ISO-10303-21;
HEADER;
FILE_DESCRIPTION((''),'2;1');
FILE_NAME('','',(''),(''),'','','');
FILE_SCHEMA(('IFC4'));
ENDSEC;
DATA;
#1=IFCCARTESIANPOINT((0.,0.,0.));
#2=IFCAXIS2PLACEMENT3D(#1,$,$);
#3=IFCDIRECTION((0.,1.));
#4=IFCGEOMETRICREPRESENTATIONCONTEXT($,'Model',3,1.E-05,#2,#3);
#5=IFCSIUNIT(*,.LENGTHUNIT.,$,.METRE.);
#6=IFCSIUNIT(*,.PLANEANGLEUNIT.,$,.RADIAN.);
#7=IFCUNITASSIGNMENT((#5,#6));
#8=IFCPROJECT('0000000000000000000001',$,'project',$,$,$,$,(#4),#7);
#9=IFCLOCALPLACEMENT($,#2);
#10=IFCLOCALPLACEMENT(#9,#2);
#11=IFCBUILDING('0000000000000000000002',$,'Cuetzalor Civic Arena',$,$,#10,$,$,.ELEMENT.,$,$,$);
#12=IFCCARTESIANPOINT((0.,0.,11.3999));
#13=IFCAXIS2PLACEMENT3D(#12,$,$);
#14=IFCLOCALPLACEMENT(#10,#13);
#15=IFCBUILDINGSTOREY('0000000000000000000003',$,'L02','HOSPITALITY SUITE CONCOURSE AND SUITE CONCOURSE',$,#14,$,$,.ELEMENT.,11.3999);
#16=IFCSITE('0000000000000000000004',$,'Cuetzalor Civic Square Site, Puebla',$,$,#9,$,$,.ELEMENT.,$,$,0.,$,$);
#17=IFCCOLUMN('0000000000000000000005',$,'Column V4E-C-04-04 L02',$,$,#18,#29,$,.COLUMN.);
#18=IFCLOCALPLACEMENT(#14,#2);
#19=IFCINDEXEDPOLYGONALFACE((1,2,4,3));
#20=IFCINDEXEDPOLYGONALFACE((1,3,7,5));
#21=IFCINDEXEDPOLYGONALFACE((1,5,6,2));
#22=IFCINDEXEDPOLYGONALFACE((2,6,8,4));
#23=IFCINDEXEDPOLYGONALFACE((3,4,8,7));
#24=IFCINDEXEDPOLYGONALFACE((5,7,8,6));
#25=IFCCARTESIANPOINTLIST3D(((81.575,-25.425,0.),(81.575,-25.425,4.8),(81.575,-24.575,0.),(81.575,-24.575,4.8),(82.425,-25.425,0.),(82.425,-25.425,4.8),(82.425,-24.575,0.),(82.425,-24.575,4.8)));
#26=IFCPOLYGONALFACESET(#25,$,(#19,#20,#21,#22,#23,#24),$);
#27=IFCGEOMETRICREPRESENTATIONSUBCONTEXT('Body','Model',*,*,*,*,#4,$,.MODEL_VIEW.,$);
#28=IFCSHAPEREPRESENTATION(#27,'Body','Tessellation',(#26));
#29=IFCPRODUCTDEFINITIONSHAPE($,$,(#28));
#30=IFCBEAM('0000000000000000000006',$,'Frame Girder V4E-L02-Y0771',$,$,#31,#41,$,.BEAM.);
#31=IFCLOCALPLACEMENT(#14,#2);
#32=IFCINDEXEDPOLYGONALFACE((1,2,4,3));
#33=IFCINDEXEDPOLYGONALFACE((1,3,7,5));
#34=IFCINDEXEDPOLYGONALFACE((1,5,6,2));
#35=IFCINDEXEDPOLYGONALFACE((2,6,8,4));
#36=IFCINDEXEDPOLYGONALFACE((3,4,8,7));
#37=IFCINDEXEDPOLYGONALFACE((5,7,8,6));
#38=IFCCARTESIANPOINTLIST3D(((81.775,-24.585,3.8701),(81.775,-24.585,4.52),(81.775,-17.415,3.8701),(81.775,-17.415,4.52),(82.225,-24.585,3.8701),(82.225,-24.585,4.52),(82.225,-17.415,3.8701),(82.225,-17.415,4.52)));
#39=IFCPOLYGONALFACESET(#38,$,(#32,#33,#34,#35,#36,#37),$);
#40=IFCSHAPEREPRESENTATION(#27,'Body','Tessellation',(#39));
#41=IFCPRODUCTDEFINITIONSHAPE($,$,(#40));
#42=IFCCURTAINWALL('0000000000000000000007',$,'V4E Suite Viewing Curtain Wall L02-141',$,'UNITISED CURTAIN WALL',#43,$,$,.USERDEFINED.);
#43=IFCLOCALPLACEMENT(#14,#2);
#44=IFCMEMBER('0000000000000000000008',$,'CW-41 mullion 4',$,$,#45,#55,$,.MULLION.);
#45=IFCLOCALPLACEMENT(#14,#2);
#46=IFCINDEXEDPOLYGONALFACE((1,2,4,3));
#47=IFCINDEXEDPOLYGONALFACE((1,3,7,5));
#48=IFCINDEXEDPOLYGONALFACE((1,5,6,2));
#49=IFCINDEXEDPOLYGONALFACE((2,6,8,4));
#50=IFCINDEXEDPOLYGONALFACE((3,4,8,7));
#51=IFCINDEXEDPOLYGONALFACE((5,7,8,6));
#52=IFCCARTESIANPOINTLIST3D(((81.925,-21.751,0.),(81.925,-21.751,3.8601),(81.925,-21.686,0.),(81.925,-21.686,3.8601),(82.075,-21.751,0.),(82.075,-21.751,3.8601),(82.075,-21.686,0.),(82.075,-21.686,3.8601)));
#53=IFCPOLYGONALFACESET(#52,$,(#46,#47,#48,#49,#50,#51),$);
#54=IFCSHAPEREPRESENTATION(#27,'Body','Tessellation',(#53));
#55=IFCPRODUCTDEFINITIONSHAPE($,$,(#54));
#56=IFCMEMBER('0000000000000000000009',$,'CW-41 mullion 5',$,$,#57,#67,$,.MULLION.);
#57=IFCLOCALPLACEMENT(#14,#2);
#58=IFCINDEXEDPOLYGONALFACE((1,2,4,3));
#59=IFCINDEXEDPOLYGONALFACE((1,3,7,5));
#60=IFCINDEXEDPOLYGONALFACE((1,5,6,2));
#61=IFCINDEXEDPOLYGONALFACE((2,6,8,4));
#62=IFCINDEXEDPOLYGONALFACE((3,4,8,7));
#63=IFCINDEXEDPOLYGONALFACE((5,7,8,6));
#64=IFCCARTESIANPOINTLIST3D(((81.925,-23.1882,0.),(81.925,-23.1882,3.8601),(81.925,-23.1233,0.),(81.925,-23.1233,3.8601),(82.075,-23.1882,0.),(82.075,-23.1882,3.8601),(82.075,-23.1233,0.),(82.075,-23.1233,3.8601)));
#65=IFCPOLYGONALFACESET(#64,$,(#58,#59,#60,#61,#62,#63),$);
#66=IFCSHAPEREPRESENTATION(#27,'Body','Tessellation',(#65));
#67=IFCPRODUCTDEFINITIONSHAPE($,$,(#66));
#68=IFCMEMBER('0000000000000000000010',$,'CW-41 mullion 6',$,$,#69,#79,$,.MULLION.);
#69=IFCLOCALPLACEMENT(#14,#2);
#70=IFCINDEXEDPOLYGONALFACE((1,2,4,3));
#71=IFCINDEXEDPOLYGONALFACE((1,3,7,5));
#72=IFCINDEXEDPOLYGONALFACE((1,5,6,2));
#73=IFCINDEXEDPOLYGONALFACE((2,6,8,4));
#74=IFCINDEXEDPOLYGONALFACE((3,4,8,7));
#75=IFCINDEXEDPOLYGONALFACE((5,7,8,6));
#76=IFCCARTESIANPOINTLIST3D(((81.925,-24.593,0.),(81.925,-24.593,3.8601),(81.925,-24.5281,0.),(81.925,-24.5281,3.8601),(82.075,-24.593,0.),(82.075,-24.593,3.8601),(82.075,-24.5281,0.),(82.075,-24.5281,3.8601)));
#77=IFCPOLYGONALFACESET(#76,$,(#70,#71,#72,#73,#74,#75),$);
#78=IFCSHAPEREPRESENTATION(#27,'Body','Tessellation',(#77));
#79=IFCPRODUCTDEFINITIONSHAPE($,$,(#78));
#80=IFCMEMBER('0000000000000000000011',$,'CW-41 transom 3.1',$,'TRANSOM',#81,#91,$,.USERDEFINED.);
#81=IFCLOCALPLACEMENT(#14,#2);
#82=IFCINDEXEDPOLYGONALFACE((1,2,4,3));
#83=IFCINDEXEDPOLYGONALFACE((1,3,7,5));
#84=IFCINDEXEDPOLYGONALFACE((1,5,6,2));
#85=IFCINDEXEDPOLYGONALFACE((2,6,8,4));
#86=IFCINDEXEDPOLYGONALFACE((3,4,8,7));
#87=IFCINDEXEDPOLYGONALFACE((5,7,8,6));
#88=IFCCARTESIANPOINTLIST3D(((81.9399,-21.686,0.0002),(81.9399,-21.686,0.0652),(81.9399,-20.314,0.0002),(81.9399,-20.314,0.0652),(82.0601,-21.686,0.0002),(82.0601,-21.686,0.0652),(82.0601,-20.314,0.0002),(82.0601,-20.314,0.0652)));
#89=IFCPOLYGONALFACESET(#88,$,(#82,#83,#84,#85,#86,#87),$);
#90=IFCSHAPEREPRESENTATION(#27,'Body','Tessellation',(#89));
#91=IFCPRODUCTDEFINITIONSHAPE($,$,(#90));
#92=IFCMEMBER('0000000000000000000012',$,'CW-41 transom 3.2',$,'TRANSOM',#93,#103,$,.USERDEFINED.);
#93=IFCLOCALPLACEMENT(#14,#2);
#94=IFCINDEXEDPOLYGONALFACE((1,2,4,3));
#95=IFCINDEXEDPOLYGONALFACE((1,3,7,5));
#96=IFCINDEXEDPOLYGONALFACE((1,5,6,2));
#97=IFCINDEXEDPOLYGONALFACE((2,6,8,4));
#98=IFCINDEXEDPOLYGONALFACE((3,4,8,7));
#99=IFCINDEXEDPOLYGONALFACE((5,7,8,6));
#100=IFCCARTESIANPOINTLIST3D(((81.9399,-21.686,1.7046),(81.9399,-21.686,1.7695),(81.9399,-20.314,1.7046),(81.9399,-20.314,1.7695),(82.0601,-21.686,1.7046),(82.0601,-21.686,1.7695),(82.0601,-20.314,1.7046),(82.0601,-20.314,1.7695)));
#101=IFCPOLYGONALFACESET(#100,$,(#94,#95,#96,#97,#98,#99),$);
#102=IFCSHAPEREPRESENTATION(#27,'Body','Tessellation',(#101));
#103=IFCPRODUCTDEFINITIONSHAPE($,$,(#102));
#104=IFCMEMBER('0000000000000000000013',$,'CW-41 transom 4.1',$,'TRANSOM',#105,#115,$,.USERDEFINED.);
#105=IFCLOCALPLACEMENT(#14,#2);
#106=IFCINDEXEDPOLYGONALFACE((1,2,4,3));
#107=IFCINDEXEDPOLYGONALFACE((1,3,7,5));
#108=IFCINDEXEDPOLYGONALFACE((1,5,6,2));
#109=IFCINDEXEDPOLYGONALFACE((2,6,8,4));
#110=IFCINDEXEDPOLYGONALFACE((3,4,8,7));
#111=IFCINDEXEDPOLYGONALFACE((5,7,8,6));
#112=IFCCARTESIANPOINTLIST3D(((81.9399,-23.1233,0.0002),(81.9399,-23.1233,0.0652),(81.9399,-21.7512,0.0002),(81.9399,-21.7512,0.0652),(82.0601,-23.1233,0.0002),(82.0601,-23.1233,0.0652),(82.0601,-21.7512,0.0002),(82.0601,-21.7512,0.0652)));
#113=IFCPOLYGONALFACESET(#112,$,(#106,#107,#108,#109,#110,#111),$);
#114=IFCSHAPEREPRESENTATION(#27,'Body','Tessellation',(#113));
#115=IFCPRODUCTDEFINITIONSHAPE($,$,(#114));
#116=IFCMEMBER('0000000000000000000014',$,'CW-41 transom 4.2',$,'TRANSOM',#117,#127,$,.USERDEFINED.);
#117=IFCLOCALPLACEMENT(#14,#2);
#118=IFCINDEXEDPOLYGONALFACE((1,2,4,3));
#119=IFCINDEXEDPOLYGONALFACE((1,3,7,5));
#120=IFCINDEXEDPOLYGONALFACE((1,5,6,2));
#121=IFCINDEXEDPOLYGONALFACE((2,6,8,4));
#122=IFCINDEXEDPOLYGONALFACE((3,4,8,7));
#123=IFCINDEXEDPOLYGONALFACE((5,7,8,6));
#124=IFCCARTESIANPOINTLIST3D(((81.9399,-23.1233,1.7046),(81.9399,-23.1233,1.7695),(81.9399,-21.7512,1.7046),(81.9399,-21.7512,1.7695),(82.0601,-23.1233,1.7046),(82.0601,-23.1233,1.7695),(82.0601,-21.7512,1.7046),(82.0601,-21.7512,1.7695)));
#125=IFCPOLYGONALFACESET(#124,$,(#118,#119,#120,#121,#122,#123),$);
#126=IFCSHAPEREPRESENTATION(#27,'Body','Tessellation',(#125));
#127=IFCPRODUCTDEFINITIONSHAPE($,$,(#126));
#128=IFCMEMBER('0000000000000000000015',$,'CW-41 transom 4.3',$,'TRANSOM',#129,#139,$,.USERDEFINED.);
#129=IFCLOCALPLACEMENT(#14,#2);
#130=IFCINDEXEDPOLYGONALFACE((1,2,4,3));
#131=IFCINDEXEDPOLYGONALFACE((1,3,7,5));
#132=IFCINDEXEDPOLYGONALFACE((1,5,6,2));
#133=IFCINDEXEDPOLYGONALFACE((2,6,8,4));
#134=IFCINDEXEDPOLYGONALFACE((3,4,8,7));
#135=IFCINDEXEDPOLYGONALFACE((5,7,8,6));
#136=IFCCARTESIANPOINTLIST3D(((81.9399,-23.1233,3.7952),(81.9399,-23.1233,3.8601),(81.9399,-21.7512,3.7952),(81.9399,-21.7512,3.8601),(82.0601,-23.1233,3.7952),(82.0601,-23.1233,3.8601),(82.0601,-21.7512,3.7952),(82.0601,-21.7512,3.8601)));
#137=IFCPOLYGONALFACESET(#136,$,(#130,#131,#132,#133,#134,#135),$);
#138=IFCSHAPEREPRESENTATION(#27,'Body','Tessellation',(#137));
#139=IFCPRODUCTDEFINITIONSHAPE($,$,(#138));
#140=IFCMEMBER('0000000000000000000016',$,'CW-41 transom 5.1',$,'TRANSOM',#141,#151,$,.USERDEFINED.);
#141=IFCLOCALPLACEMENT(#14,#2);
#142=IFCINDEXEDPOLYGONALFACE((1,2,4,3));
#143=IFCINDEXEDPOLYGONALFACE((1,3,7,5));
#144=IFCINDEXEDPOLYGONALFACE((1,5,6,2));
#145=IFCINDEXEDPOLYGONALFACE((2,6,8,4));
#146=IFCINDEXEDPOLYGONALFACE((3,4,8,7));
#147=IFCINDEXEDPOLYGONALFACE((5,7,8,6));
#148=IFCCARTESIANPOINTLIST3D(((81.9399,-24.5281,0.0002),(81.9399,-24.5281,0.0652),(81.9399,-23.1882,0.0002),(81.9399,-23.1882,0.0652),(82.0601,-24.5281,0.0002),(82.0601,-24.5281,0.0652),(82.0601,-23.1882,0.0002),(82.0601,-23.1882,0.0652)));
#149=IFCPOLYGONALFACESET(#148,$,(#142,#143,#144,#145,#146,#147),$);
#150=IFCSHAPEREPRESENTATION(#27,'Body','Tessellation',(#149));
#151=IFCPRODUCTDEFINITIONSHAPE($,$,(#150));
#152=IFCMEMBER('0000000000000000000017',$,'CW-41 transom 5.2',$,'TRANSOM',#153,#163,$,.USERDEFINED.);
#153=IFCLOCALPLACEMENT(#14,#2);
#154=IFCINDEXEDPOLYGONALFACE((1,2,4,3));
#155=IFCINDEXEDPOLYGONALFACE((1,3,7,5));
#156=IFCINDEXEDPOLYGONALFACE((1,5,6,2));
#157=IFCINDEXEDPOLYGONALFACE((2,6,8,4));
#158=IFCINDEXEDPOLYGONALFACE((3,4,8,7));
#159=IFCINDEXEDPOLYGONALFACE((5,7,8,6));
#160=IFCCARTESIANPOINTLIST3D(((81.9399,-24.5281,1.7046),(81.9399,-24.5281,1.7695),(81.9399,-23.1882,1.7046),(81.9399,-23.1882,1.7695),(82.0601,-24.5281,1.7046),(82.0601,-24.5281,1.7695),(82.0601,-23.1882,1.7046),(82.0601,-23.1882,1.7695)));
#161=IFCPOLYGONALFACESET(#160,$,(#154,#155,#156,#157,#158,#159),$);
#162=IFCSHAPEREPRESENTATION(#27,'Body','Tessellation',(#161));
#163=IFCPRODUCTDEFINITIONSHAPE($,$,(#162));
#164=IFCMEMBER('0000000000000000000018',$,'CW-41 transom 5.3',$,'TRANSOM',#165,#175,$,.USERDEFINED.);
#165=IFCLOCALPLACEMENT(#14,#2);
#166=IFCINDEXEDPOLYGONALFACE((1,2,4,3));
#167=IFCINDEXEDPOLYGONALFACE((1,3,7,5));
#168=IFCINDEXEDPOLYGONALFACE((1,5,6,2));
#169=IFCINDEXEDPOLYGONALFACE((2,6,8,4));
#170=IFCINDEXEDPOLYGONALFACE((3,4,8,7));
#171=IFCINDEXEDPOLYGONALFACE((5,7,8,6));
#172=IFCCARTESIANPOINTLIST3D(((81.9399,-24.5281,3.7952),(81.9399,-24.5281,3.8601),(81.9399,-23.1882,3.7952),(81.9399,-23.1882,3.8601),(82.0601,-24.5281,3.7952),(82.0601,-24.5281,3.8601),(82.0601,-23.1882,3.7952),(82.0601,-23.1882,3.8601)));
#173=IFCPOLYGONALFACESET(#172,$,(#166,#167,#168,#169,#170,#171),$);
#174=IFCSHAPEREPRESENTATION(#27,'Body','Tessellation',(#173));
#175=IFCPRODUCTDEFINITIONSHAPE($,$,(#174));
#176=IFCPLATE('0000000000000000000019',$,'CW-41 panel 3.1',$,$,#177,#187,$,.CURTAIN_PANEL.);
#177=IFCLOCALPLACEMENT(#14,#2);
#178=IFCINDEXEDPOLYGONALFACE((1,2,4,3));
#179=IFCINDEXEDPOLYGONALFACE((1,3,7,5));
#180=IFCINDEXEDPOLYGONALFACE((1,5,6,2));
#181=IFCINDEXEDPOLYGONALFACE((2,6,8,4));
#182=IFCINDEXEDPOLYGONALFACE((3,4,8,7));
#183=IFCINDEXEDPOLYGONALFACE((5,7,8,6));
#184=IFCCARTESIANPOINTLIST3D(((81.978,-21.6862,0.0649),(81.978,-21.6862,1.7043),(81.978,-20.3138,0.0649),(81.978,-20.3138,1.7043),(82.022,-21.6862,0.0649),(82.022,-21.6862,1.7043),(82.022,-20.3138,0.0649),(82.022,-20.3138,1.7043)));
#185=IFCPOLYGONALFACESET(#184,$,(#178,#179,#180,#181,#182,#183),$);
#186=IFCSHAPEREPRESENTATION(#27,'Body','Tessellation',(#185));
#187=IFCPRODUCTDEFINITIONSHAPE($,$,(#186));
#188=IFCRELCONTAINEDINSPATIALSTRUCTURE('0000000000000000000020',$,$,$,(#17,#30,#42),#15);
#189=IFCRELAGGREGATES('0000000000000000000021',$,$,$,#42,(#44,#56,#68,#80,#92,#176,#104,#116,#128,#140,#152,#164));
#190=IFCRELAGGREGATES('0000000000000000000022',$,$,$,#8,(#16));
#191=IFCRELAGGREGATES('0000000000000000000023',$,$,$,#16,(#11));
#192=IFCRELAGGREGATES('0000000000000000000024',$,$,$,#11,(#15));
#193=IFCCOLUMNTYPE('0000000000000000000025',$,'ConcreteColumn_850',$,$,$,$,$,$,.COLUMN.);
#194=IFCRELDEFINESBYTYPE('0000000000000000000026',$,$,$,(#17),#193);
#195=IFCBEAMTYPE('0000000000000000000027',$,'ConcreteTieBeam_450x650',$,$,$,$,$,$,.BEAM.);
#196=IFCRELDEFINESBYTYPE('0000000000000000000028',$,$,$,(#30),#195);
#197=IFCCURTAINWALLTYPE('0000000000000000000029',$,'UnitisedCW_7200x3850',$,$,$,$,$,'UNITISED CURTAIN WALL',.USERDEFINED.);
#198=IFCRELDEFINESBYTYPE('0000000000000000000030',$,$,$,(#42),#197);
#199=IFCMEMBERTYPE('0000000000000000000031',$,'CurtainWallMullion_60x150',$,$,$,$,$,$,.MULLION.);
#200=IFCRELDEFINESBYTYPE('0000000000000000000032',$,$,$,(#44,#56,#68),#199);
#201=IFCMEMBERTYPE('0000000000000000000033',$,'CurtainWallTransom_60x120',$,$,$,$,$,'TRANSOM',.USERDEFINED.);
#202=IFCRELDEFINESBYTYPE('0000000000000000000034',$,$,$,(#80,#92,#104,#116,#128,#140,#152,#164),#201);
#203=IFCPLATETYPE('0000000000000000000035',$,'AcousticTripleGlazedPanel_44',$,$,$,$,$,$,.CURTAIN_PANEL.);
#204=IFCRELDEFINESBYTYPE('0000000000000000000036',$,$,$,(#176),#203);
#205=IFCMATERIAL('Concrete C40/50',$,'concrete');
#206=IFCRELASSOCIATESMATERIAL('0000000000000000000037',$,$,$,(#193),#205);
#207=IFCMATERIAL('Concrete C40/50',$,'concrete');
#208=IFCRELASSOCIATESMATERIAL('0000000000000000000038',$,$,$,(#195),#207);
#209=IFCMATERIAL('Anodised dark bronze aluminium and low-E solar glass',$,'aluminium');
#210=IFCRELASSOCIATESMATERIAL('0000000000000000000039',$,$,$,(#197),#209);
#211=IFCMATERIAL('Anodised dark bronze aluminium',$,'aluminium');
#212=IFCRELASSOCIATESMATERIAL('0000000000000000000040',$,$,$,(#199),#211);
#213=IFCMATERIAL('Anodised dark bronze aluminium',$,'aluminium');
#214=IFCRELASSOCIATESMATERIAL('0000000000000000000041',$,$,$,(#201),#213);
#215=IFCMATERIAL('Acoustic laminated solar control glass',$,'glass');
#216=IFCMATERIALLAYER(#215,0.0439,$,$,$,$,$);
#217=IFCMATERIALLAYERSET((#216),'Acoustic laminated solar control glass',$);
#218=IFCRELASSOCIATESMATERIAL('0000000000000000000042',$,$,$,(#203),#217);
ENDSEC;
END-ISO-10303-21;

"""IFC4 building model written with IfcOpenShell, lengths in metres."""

from ifc_helpers import new_model, si_unit, direction, frame, origin, origin_2d, place, context, subcontext, project, spatial, rectangle, extrude, material, layer, layer_set, material_profile, profile_set, type_object, element, aggregate, save


model = new_model("IFC4")

# Units and contexts
model_context = context("Model", 3, precision=1e-05, world=origin(), true_north=direction((0.0, 1.0)))
body_context = subcontext(model_context, "Body", "Model", "MODEL_VIEW")
ifc_project = project(units=[si_unit("LENGTHUNIT", "METRE"), si_unit("PLANEANGLEUNIT", "RADIAN")], contexts=[model_context])

# Site, building, storey
site_placement = place(None, origin())
site = spatial("IfcSite", under=ifc_project, at=site_placement, Name="Cuetzalor Civic Square Site, Puebla", CompositionType="ELEMENT", RefElevation=0.0)
building_placement = place(site_placement, origin())
building = spatial("IfcBuilding", under=site, at=building_placement, Name="Cuetzalor Civic Arena", CompositionType="ELEMENT")
storey_placement = place(building_placement, frame((0.0, 0.0, 11.3999)))
storey = spatial("IfcBuildingStorey", under=building, at=storey_placement, Name="L02", Description="HOSPITALITY SUITE CONCOURSE AND SUITE CONCOURSE", CompositionType="ELEMENT", Elevation=11.3999)

# Column
ifc_material_1 = material(Name="Concrete C40/50", Category="concrete")
ifc_material_profile_1 = material_profile(ifc_material_1, rectangle(XDim=0.8501, YDim=0.8501, at=origin_2d()), Name="RC 850x850")
ifc_profile_set_1 = profile_set([ifc_material_profile_1], Name="Concrete C40/50")
column_type = type_object("IfcColumnType", Name="ConcreteColumn_850", PredefinedType="COLUMN", material=ifc_profile_set_1)
column_placement = place(storey_placement, frame((82.0, -25.0, 0.0), z_axis=(0.0, 0.0, 1.0), x_axis=(1.0, 0.0, 0.0)))
element("IfcColumn", 1, at=column_placement, inside=storey, type_object=column_type, Name="Column V4E-C-04-04 L02", PredefinedType="COLUMN", context=body_context, shape_type="SweptSolid", body=[
    extrude(rectangle(XDim=0.8501, YDim=0.8501, at=origin_2d()), origin(), (0.0, 0.0, 1.0), 4.8),
])

# Beam
ifc_material_2 = material(Name="Concrete C40/50", Category="concrete")
ifc_material_profile_2 = material_profile(ifc_material_2, rectangle(XDim=0.45, YDim=0.6499, at=origin_2d()), Name="RC 450x650")
ifc_profile_set_2 = profile_set([ifc_material_profile_2], Name="Concrete C40/50")
beam_type = type_object("IfcBeamType", Name="ConcreteTieBeam_450x650", PredefinedType="BEAM", material=ifc_profile_set_2)
beam_placement = place(storey_placement, frame((82.0, -24.585, 4.1951), z_axis=(0.0, 1.0, 0.0), x_axis=(-1.0, 0.0, 0.0)))
element("IfcBeam", 2, at=beam_placement, inside=storey, type_object=beam_type, Name="Frame Girder V4E-L02-Y0771", PredefinedType="BEAM", context=body_context, shape_type="SweptSolid", body=[
    extrude(rectangle(XDim=0.45, YDim=0.6499, at=origin_2d()), origin(), (0.0, 0.0, 1.0), 7.1699),
])

# Curtain wall, members, plate
ifc_material_3 = material(Name="Anodised dark bronze aluminium and low-E solar glass", Category="aluminium")
curtain_wall_type = type_object("IfcCurtainWallType", Name="UnitisedCW_7200x3850", ElementType="UNITISED CURTAIN WALL", PredefinedType="USERDEFINED", material=ifc_material_3)
curtain_wall_placement = place(storey_placement, origin())
curtain_wall = element("IfcCurtainWall", 3, at=curtain_wall_placement, inside=storey, type_object=curtain_wall_type, Name="V4E Suite Viewing Curtain Wall L02-141", ObjectType="UNITISED CURTAIN WALL", PredefinedType="USERDEFINED")
ifc_material_4 = material(Name="Anodised dark bronze aluminium", Category="aluminium")
ifc_material_profile_3 = material_profile(ifc_material_4, rectangle(XDim=0.0649, YDim=0.1499, at=origin_2d()), Name="ALU MULLION 65x150")
ifc_profile_set_3 = profile_set([ifc_material_profile_3], Name="Anodised dark bronze aluminium")
member_type_1 = type_object("IfcMemberType", Name="CurtainWallMullion_60x150", PredefinedType="MULLION", material=ifc_profile_set_3)
member_1_placement = place(storey_placement, frame((82.0, -21.7185, 0.0), z_axis=(0.0, 0.0, 1.0), x_axis=(0.0, -1.0, 0.0)))
member_1 = element("IfcMember", 4, at=member_1_placement, type_object=member_type_1, Name="CW-41 mullion 4", PredefinedType="MULLION", context=body_context, shape_type="SweptSolid", body=[
    extrude(rectangle(XDim=0.0649, YDim=0.1499, at=origin_2d()), origin(), (0.0, 0.0, 1.0), 3.8601),
])
member_2_placement = place(storey_placement, frame((82.0, -23.1558, 0.0), z_axis=(0.0, 0.0, 1.0), x_axis=(0.0, -1.0, 0.0)))
member_2 = element("IfcMember", 5, at=member_2_placement, type_object=member_type_1, Name="CW-41 mullion 5", PredefinedType="MULLION", context=body_context, shape_type="SweptSolid", body=[
    extrude(rectangle(XDim=0.0649, YDim=0.1499, at=origin_2d()), origin(), (0.0, 0.0, 1.0), 3.8601),
])
member_3_placement = place(storey_placement, frame((82.0, -24.5605, 0.0), z_axis=(0.0, 0.0, 1.0), x_axis=(0.0, -1.0, 0.0)))
member_3 = element("IfcMember", 6, at=member_3_placement, type_object=member_type_1, Name="CW-41 mullion 6", PredefinedType="MULLION", context=body_context, shape_type="SweptSolid", body=[
    extrude(rectangle(XDim=0.0649, YDim=0.1499, at=origin_2d()), origin(), (0.0, 0.0, 1.0), 3.8601),
])
ifc_material_5 = material(Name="Anodised dark bronze aluminium", Category="aluminium")
ifc_material_profile_4 = material_profile(ifc_material_5, rectangle(XDim=0.1201, YDim=0.0649, at=origin_2d()), Name="ALU TRANSOM 65x120")
ifc_profile_set_4 = profile_set([ifc_material_profile_4], Name="Anodised dark bronze aluminium")
member_type_2 = type_object("IfcMemberType", Name="CurtainWallTransom_60x120", ElementType="TRANSOM", PredefinedType="USERDEFINED", material=ifc_profile_set_4)
member_4_placement = place(storey_placement, frame((82.0, -20.314, 0.0327), z_axis=(0.0, -1.0, 0.0), x_axis=(1.0, 0.0, 0.0)))
member_4 = element("IfcMember", 7, at=member_4_placement, type_object=member_type_2, Name="CW-41 transom 3.1", ObjectType="TRANSOM", PredefinedType="USERDEFINED", context=body_context, shape_type="SweptSolid", body=[
    extrude(rectangle(XDim=0.1201, YDim=0.0649, at=origin_2d()), origin(), (0.0, 0.0, 1.0), 1.3721),
])
member_5_placement = place(storey_placement, frame((82.0, -20.314, 1.7371), z_axis=(0.0, -1.0, 0.0), x_axis=(1.0, 0.0, 0.0)))
member_5 = element("IfcMember", 8, at=member_5_placement, type_object=member_type_2, Name="CW-41 transom 3.2", ObjectType="TRANSOM", PredefinedType="USERDEFINED", context=body_context, shape_type="SweptSolid", body=[
    extrude(rectangle(XDim=0.1201, YDim=0.0649, at=origin_2d()), origin(), (0.0, 0.0, 1.0), 1.3721),
])
member_6_placement = place(storey_placement, frame((82.0, -21.7512, 0.0327), z_axis=(0.0, -1.0, 0.0), x_axis=(1.0, 0.0, 0.0)))
member_6 = element("IfcMember", 9, at=member_6_placement, type_object=member_type_2, Name="CW-41 transom 4.1", ObjectType="TRANSOM", PredefinedType="USERDEFINED", context=body_context, shape_type="SweptSolid", body=[
    extrude(rectangle(XDim=0.1201, YDim=0.0649, at=origin_2d()), origin(), (0.0, 0.0, 1.0), 1.3721),
])
member_7_placement = place(storey_placement, frame((82.0, -21.7512, 1.7371), z_axis=(0.0, -1.0, 0.0), x_axis=(1.0, 0.0, 0.0)))
member_7 = element("IfcMember", 10, at=member_7_placement, type_object=member_type_2, Name="CW-41 transom 4.2", ObjectType="TRANSOM", PredefinedType="USERDEFINED", context=body_context, shape_type="SweptSolid", body=[
    extrude(rectangle(XDim=0.1201, YDim=0.0649, at=origin_2d()), origin(), (0.0, 0.0, 1.0), 1.3721),
])
member_8_placement = place(storey_placement, frame((82.0, -21.7512, 3.8276), z_axis=(0.0, -1.0, 0.0), x_axis=(1.0, 0.0, 0.0)))
member_8 = element("IfcMember", 11, at=member_8_placement, type_object=member_type_2, Name="CW-41 transom 4.3", ObjectType="TRANSOM", PredefinedType="USERDEFINED", context=body_context, shape_type="SweptSolid", body=[
    extrude(rectangle(XDim=0.1201, YDim=0.0649, at=origin_2d()), origin(), (0.0, 0.0, 1.0), 1.3721),
])
member_9_placement = place(storey_placement, frame((82.0, -23.1882, 0.0327), z_axis=(0.0, -1.0, 0.0), x_axis=(1.0, 0.0, 0.0)))
member_9 = element("IfcMember", 12, at=member_9_placement, type_object=member_type_2, Name="CW-41 transom 5.1", ObjectType="TRANSOM", PredefinedType="USERDEFINED", context=body_context, shape_type="SweptSolid", body=[
    extrude(rectangle(XDim=0.1201, YDim=0.0649, at=origin_2d()), origin(), (0.0, 0.0, 1.0), 1.3398),
])
member_10_placement = place(storey_placement, frame((82.0, -23.1882, 1.7371), z_axis=(0.0, -1.0, 0.0), x_axis=(1.0, 0.0, 0.0)))
member_10 = element("IfcMember", 13, at=member_10_placement, type_object=member_type_2, Name="CW-41 transom 5.2", ObjectType="TRANSOM", PredefinedType="USERDEFINED", context=body_context, shape_type="SweptSolid", body=[
    extrude(rectangle(XDim=0.1201, YDim=0.0649, at=origin_2d()), origin(), (0.0, 0.0, 1.0), 1.3398),
])
member_11_placement = place(storey_placement, frame((82.0, -23.1882, 3.8276), z_axis=(0.0, -1.0, 0.0), x_axis=(1.0, 0.0, 0.0)))
member_11 = element("IfcMember", 14, at=member_11_placement, type_object=member_type_2, Name="CW-41 transom 5.3", ObjectType="TRANSOM", PredefinedType="USERDEFINED", context=body_context, shape_type="SweptSolid", body=[
    extrude(rectangle(XDim=0.1201, YDim=0.0649, at=origin_2d()), origin(), (0.0, 0.0, 1.0), 1.3398),
])
ifc_material_6 = material(Name="Acoustic laminated solar control glass", Category="glass")
ifc_layer_1 = layer(ifc_material_6, 0.0439)
ifc_layer_set_1 = layer_set([ifc_layer_1], Name="Acoustic laminated solar control glass")
plate_type = type_object("IfcPlateType", Name="AcousticTripleGlazedPanel_44", PredefinedType="CURTAIN_PANEL", material=ifc_layer_set_1)
plate_1_placement = place(storey_placement, frame((82.0, -21.0, 0.0649), z_axis=(0.0, 0.0, 1.0), x_axis=(0.0, -1.0, 0.0)))
plate_1 = element("IfcPlate", 15, at=plate_1_placement, type_object=plate_type, Name="CW-41 panel 3.1", PredefinedType="CURTAIN_PANEL", context=body_context, shape_type="SweptSolid", body=[
    extrude(rectangle(XDim=1.3723, YDim=0.0439, at=origin_2d()), origin(), (0.0, 0.0, 1.0), 1.6394),
])
aggregate(curtain_wall, [member_1, member_2, member_3, member_4, member_5, plate_1, member_6, member_7, member_8, member_9, member_10, member_11])

save(model, "model.ifc")
